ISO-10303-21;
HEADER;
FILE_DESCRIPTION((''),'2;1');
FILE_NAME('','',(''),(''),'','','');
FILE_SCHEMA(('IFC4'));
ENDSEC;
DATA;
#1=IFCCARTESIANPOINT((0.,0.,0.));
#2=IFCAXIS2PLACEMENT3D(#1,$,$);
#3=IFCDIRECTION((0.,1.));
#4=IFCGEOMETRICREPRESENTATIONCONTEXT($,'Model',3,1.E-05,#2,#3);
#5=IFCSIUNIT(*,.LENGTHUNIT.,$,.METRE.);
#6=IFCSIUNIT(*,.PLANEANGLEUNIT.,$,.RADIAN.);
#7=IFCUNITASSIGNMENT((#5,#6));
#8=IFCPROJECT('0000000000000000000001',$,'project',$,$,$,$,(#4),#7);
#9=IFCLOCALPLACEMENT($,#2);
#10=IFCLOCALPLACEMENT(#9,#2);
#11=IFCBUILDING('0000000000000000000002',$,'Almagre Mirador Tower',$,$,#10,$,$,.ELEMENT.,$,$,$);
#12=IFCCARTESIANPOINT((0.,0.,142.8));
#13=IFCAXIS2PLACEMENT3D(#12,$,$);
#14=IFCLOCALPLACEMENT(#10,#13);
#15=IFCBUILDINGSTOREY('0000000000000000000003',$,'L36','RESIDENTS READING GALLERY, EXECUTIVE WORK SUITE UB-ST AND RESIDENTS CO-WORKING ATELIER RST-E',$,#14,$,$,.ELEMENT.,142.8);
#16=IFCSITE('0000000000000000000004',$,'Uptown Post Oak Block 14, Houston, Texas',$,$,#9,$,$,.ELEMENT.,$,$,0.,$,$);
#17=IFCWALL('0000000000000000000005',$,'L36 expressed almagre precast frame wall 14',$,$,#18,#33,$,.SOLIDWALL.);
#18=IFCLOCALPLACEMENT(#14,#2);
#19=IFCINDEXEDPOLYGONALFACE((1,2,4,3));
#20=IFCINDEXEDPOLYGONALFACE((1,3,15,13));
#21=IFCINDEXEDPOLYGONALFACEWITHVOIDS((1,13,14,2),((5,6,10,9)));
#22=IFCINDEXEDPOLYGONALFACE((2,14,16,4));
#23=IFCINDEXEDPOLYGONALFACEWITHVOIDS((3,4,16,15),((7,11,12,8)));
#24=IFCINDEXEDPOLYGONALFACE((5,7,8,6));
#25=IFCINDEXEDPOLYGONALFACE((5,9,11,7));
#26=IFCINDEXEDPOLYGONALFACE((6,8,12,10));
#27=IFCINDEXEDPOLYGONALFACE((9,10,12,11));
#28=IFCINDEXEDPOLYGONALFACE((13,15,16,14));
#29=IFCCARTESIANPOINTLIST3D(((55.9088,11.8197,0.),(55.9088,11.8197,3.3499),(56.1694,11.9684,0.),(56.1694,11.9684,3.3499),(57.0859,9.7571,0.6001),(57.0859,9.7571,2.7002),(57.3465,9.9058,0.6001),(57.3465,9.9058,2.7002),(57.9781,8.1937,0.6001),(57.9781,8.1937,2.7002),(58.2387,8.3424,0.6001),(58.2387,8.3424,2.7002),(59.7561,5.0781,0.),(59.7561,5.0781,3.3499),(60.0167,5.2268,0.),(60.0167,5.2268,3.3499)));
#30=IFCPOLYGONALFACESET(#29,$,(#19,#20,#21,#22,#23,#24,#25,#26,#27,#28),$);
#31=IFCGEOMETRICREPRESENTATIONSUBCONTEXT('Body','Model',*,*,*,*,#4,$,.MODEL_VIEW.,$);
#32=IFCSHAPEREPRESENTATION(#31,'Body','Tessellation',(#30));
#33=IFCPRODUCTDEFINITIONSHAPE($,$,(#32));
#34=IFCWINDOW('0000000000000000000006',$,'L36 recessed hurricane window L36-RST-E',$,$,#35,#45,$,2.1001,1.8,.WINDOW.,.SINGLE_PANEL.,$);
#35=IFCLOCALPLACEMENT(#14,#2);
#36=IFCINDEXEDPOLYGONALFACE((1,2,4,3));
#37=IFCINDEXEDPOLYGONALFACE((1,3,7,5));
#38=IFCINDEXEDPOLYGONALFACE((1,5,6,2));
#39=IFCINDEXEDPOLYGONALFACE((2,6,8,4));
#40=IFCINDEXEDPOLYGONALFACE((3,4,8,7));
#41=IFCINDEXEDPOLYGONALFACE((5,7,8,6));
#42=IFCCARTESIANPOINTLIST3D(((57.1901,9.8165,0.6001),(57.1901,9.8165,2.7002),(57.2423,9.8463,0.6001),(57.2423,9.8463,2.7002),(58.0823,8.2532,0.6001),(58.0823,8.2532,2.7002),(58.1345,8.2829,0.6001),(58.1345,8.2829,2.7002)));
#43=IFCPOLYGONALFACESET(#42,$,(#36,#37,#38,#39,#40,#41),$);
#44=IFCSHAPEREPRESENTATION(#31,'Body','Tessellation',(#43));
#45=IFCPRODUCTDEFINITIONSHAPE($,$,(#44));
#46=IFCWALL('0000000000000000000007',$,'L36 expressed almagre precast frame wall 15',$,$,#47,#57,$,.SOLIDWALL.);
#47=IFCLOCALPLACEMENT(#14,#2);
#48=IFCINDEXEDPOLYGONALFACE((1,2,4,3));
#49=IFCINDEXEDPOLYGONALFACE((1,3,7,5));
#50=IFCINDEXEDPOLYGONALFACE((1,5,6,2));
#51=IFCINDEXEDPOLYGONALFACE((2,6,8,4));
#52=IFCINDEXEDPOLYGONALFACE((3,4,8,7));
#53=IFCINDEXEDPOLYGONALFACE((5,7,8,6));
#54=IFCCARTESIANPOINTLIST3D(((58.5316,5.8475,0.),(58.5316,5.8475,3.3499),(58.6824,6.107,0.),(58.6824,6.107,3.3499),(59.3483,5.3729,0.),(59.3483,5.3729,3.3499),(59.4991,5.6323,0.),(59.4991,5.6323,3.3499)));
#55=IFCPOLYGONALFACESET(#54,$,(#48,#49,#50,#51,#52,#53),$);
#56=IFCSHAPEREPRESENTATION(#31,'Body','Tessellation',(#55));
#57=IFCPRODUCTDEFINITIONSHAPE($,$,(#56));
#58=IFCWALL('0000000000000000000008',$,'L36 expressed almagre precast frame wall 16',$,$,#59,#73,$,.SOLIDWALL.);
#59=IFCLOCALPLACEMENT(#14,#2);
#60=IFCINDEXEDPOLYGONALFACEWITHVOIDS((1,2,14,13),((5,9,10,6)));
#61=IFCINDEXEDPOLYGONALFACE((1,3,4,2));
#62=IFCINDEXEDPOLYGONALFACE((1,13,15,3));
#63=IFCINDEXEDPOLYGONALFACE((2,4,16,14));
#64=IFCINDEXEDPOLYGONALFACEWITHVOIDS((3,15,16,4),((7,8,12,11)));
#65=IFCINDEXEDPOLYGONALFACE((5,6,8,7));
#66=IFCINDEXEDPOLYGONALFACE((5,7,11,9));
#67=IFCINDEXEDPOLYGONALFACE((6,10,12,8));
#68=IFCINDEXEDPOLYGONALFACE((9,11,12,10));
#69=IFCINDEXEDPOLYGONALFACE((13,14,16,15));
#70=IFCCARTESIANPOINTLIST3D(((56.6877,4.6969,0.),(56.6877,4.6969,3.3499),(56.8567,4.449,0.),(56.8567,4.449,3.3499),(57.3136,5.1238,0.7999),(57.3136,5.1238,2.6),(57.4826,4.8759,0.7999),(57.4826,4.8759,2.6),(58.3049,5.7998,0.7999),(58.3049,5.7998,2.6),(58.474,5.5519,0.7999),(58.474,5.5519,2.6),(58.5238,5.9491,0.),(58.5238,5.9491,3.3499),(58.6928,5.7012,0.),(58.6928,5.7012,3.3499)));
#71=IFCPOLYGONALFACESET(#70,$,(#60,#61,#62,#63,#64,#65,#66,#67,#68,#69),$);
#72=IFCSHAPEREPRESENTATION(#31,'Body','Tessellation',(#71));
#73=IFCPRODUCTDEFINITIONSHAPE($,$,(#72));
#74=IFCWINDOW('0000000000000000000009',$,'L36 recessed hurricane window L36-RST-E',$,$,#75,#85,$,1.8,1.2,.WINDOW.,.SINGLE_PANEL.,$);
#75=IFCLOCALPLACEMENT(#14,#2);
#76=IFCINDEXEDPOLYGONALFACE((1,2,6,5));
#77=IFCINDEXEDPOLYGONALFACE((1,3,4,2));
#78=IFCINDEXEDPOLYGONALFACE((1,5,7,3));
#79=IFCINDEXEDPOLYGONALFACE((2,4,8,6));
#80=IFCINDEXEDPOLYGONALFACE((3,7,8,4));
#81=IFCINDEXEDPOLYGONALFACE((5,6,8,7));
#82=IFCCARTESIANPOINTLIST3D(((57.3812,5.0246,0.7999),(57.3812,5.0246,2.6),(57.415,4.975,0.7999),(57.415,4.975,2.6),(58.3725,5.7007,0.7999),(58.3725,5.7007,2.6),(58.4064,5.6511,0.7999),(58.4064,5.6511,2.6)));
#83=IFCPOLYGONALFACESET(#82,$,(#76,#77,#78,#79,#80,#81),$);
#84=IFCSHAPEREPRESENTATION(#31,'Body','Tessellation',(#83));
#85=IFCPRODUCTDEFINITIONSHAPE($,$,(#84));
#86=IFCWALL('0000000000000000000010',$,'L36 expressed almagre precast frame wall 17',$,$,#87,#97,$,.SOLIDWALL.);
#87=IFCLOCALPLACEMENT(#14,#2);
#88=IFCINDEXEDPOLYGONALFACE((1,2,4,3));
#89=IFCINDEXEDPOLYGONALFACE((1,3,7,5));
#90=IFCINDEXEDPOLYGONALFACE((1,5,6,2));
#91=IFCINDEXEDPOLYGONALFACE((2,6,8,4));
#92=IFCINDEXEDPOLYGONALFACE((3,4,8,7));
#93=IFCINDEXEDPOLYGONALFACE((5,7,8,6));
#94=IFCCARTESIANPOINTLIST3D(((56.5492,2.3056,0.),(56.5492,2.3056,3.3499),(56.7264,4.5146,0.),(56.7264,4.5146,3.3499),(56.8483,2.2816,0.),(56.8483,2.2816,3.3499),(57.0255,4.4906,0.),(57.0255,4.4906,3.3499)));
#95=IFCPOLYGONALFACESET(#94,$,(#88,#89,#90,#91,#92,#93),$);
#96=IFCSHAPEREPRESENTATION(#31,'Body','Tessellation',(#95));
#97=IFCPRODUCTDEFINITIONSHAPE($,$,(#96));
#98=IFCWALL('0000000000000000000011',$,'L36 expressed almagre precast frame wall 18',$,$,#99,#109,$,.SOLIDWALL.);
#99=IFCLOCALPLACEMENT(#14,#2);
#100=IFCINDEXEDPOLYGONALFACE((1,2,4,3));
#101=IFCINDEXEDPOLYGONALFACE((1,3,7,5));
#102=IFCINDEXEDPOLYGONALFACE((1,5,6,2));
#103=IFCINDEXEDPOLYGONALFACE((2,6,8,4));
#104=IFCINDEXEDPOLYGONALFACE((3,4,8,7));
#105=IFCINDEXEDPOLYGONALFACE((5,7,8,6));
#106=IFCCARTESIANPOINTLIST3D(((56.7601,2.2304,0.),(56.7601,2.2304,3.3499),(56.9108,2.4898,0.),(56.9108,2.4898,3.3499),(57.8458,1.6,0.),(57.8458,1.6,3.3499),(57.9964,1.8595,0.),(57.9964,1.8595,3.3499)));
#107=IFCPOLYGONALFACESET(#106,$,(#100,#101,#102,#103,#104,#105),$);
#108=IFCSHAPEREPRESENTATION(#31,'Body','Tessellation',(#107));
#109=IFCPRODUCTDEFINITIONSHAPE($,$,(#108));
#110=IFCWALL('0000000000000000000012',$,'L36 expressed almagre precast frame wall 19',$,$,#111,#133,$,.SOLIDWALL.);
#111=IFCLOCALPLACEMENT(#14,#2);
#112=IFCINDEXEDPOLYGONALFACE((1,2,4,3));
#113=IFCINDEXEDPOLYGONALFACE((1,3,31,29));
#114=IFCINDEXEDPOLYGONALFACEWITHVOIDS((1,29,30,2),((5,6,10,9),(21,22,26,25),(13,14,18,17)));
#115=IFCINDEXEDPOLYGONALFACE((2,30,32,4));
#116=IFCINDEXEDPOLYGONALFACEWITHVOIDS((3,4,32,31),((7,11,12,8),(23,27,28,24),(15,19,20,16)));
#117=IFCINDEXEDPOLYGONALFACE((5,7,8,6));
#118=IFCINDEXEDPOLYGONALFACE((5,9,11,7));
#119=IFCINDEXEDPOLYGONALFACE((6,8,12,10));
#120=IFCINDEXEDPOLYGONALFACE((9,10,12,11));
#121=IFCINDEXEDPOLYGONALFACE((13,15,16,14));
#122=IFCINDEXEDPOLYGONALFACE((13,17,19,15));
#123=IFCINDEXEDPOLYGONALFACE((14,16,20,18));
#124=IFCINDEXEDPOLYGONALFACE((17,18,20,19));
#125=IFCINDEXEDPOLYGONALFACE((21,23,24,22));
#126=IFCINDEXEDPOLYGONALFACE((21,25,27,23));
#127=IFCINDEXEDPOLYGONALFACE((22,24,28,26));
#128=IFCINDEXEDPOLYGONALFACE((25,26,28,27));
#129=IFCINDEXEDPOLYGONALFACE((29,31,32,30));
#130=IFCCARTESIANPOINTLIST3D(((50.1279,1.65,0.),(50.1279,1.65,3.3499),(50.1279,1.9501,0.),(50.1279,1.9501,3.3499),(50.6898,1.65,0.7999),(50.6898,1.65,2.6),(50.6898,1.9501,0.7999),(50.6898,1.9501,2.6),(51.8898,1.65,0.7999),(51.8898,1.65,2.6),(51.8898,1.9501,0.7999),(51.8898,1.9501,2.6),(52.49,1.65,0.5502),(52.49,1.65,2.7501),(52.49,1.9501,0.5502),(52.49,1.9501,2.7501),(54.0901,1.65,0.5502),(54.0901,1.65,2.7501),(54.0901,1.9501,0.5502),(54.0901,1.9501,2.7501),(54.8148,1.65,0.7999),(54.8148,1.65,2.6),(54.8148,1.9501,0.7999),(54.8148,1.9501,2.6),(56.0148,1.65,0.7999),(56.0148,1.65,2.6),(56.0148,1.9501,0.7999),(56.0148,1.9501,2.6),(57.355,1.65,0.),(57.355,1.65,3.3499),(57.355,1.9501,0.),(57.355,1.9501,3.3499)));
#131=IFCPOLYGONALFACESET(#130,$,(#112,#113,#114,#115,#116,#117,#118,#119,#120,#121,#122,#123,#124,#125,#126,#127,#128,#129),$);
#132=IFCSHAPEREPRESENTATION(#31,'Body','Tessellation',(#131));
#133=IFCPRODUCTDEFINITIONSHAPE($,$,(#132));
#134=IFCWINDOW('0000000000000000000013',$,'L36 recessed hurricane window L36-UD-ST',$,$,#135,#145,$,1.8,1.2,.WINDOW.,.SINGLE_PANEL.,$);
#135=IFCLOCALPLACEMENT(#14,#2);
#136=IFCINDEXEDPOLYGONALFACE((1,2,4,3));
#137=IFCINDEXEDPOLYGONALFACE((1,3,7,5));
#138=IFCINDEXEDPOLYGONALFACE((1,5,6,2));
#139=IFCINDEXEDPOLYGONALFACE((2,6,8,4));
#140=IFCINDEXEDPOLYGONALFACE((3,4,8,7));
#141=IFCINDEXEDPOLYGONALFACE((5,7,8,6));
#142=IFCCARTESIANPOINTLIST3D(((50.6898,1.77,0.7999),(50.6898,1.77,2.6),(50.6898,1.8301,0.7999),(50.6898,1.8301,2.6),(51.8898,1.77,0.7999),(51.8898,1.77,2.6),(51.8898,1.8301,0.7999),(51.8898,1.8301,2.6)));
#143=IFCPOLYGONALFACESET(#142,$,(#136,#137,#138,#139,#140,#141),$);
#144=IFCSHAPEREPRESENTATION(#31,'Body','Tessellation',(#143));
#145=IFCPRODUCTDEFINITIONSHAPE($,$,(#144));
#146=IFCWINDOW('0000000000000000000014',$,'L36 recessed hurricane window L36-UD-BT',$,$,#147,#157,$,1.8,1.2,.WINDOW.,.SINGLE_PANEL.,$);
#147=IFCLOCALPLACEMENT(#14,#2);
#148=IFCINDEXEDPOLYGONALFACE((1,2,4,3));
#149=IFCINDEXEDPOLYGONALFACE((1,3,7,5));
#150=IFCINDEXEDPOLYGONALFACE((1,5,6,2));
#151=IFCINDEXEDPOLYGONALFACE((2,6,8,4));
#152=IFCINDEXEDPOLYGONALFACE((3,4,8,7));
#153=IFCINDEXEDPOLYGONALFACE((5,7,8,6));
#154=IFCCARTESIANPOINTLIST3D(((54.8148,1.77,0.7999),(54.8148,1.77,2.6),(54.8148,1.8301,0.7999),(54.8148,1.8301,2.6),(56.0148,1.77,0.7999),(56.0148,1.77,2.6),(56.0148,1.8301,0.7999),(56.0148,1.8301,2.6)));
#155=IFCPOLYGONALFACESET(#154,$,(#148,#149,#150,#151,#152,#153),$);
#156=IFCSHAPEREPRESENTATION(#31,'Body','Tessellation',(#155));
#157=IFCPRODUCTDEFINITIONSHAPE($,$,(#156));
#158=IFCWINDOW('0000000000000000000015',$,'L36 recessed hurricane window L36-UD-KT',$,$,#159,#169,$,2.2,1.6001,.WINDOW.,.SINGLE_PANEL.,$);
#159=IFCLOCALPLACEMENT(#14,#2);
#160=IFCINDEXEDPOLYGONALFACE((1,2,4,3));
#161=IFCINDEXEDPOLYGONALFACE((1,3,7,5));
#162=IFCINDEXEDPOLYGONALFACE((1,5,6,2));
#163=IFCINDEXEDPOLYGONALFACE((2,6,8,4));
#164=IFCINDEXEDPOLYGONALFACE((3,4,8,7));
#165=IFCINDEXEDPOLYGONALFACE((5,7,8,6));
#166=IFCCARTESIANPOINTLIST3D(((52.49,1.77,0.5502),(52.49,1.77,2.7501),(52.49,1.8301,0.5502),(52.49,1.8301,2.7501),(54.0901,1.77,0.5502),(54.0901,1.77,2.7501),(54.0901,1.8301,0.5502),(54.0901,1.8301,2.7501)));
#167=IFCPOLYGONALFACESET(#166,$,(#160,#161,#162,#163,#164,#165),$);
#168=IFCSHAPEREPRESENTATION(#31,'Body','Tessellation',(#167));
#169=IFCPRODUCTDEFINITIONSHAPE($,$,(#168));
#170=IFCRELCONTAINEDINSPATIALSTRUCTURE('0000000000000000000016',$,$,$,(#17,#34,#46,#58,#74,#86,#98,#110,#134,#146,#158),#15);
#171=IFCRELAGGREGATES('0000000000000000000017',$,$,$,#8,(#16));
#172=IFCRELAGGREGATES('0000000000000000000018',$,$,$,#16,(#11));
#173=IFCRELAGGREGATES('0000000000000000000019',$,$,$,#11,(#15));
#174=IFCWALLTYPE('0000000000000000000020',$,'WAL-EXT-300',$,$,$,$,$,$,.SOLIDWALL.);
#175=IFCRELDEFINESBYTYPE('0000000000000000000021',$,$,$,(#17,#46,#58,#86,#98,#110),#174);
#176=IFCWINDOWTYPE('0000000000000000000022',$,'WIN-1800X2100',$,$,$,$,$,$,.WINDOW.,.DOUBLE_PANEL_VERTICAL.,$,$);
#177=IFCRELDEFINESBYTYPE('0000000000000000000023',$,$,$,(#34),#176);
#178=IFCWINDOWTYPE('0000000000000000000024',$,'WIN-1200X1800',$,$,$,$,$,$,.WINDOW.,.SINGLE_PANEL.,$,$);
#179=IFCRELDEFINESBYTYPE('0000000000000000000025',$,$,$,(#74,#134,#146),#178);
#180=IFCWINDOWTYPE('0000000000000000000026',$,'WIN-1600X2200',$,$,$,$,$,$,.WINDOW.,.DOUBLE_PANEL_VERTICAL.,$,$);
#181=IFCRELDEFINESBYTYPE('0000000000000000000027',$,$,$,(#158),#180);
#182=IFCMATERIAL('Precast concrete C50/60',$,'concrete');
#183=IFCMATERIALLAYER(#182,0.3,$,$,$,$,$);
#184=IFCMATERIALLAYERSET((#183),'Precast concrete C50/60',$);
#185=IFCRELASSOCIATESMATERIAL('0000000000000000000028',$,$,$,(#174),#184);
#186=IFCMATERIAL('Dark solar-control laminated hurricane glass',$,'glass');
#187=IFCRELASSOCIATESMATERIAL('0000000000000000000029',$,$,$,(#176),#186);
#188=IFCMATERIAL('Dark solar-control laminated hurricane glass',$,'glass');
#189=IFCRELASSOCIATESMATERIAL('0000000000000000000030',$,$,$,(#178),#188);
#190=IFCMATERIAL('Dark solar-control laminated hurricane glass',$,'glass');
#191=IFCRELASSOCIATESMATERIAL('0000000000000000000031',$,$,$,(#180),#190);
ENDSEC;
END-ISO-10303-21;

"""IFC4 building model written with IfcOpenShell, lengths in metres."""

from ifc_helpers import new_model, si_unit, direction, frame, frame_2d, origin, place, context, subcontext, project, spatial, rectangle, extrude, material, layer, layer_set, type_object, element, fill, save


model = new_model("IFC4")

# Units and contexts
model_context = context("Model", 3, precision=1e-05, world=origin(), true_north=direction((0.0, 1.0)))
body_context = subcontext(model_context, "Body", "Model", "MODEL_VIEW")
ifc_project = project(units=[si_unit("LENGTHUNIT", "METRE"), si_unit("PLANEANGLEUNIT", "RADIAN")], contexts=[model_context])

# Site, building, storey
site_placement = place(None, origin())
site = spatial("IfcSite", under=ifc_project, at=site_placement, Name="Uptown Post Oak Block 14, Houston, Texas", CompositionType="ELEMENT", RefElevation=0.0)
building_placement = place(site_placement, origin())
building = spatial("IfcBuilding", under=site, at=building_placement, Name="Almagre Mirador Tower", CompositionType="ELEMENT")
storey_placement = place(building_placement, frame((0.0, 0.0, 142.8)))
storey = spatial("IfcBuildingStorey", under=building, at=storey_placement, Name="L36", Description="RESIDENTS READING GALLERY, EXECUTIVE WORK SUITE UB-ST AND RESIDENTS CO-WORKING ATELIER RST-E", CompositionType="ELEMENT", Elevation=142.8)

# Wall, opening, window
ifc_material_1 = material(Name="Precast concrete C50/60", Category="concrete")
ifc_layer_1 = layer(ifc_material_1, 0.3)
ifc_layer_set_1 = layer_set([ifc_layer_1], Name="Precast concrete C50/60")
wall_type_1 = type_object("IfcWallType", Name="WAL-EXT-300", PredefinedType="SOLIDWALL", material=ifc_layer_set_1)
wall_1_placement = place(storey_placement, frame((56.0391, 11.894, 0.0), z_axis=(0.0, 0.0, 1.0), x_axis=(0.495654, -0.86852, 0.0)))
wall_1 = element("IfcWall", 1, at=wall_1_placement, inside=storey, type_object=wall_type_1, Name="L36 expressed almagre precast frame wall 14", PredefinedType="SOLIDWALL", context=body_context, shape_type="SweptSolid", body=[
    extrude(rectangle(XDim=7.7622, YDim=0.3, at=frame_2d((3.8811, 0.0))), origin(), (0.0, 0.0, 1.0), 3.3499),
])
opening_1_placement = place(wall_1_placement, frame((2.375, 0.0, 0.6001)))
opening_1 = element("IfcOpeningElement", 2, at=opening_1_placement, cuts=wall_1, PredefinedType="OPENING", context=body_context, shape_type="SweptSolid", body=[
    extrude(rectangle(XDim=1.8, YDim=2.1001, at=frame_2d((0.8999, 1.05))), frame((0.0, 0.1599, 0.0), z_axis=(0.0, -1.0, 0.0), x_axis=(1.0, 0.0, 0.0)), (0.0, 0.0, 1.0), 0.32),
])
ifc_material_2 = material(Name="Dark solar-control laminated hurricane glass", Category="glass")
window_type_1 = type_object("IfcWindowType", Name="WIN-1800X2100", PartitioningType="DOUBLE_PANEL_VERTICAL", PredefinedType="WINDOW", material=ifc_material_2)
window_1_placement = place(opening_1_placement, origin())
window_1 = element("IfcWindow", 3, at=window_1_placement, inside=storey, type_object=window_type_1, Name="L36 recessed hurricane window L36-RST-E", OverallHeight=2.1001, OverallWidth=1.8, PartitioningType="SINGLE_PANEL", PredefinedType="WINDOW", context=body_context, shape_type="SweptSolid", body=[
    extrude(rectangle(XDim=1.8, YDim=2.1001, at=frame_2d((0.8999, 1.05))), frame((0.0, 0.03, 0.0), z_axis=(0.0, -1.0, 0.0), x_axis=(1.0, 0.0, 0.0)), (0.0, 0.0, 1.0), 0.0601),
])
fill(opening_1, window_1)

# Wall
wall_2_placement = place(storey_placement, frame((59.4236, 5.5027, 0.0), z_axis=(0.0, 0.0, 1.0), x_axis=(-0.864593, 0.502472, 0.0)))
element("IfcWall", 4, at=wall_2_placement, inside=storey, type_object=wall_type_1, Name="L36 expressed almagre precast frame wall 15", PredefinedType="SOLIDWALL", context=body_context, shape_type="SweptSolid", body=[
    extrude(rectangle(XDim=0.9446, YDim=0.3, at=frame_2d((0.4722, 0.0))), origin(), (0.0, 0.0, 1.0), 3.3499),
])

# Wall, opening, window
wall_3_placement = place(storey_placement, frame((58.6084, 5.8252, 0.0), z_axis=(0.0, 0.0, 1.0), x_axis=(-0.826174, -0.563415, 0.0)))
wall_3 = element("IfcWall", 5, at=wall_3_placement, inside=storey, type_object=wall_type_1, Name="L36 expressed almagre precast frame wall 16", PredefinedType="SOLIDWALL", context=body_context, shape_type="SweptSolid", body=[
    extrude(rectangle(XDim=2.2224, YDim=0.3, at=frame_2d((1.1113, 0.0))), origin(), (0.0, 0.0, 1.0), 3.3499),
])
opening_2_placement = place(wall_3_placement, frame((0.2649, 0.0, 0.8)))
opening_2 = element("IfcOpeningElement", 6, at=opening_2_placement, cuts=wall_3, PredefinedType="OPENING", context=body_context, shape_type="SweptSolid", body=[
    extrude(rectangle(XDim=1.2, YDim=1.8, at=frame_2d((0.6001, 0.8999))), frame((0.0, 0.1599, 0.0), z_axis=(0.0, -1.0, 0.0), x_axis=(1.0, 0.0, 0.0)), (0.0, 0.0, 1.0), 0.32),
])
ifc_material_3 = material(Name="Dark solar-control laminated hurricane glass", Category="glass")
window_type_2 = type_object("IfcWindowType", Name="WIN-1200X1800", PartitioningType="SINGLE_PANEL", PredefinedType="WINDOW", material=ifc_material_3)
window_2_placement = place(opening_2_placement, origin())
window_2 = element("IfcWindow", 7, at=window_2_placement, inside=storey, type_object=window_type_2, Name="L36 recessed hurricane window L36-RST-E", OverallHeight=1.8, OverallWidth=1.2, PartitioningType="SINGLE_PANEL", PredefinedType="WINDOW", context=body_context, shape_type="SweptSolid", body=[
    extrude(rectangle(XDim=1.2, YDim=1.8, at=frame_2d((0.6001, 0.8999))), frame((0.0, 0.03, 0.0), z_axis=(0.0, -1.0, 0.0), x_axis=(1.0, 0.0, 0.0)), (0.0, 0.0, 1.0), 0.0601),
])
fill(opening_2, window_2)

# Walls
wall_4_placement = place(storey_placement, frame((56.876, 4.5024, 0.0), z_axis=(0.0, 0.0, 1.0), x_axis=(-0.079982, -0.996796, 0.0)))
element("IfcWall", 8, at=wall_4_placement, inside=storey, type_object=wall_type_1, Name="L36 expressed almagre precast frame wall 17", PredefinedType="SOLIDWALL", context=body_context, shape_type="SweptSolid", body=[
    extrude(rectangle(XDim=2.2161, YDim=0.3, at=frame_2d((1.1079, 0.0))), origin(), (0.0, 0.0, 1.0), 3.3499),
])
wall_5_placement = place(storey_placement, frame((56.8354, 2.3601, 0.0), z_axis=(0.0, 0.0, 1.0), x_axis=(0.8648, -0.502117, 0.0)))
element("IfcWall", 9, at=wall_5_placement, inside=storey, type_object=wall_type_1, Name="L36 expressed almagre precast frame wall 18", PredefinedType="SOLIDWALL", context=body_context, shape_type="SweptSolid", body=[
    extrude(rectangle(XDim=1.2554, YDim=0.3, at=frame_2d((0.6277, 0.0))), origin(), (0.0, 0.0, 1.0), 3.3499),
])

# Wall, openings, windows
wall_6_placement = place(storey_placement, frame((57.355, 1.8, 0.0), z_axis=(0.0, 0.0, 1.0), x_axis=(-1.0, 0.0, 0.0)))
wall_6 = element("IfcWall", 10, at=wall_6_placement, inside=storey, type_object=wall_type_1, Name="L36 expressed almagre precast frame wall 19", PredefinedType="SOLIDWALL", context=body_context, shape_type="SweptSolid", body=[
    extrude(rectangle(XDim=7.2271, YDim=0.3, at=frame_2d((3.6135, 0.0))), origin(), (0.0, 0.0, 1.0), 3.3499),
])
opening_3_placement = place(wall_6_placement, frame((5.4651, 0.0, 0.8)))
opening_3 = element("IfcOpeningElement", 11, at=opening_3_placement, cuts=wall_6, PredefinedType="OPENING", context=body_context, shape_type="SweptSolid", body=[
    extrude(rectangle(XDim=1.2, YDim=1.8, at=frame_2d((0.6001, 0.8999))), frame((0.0, 0.1599, 0.0), z_axis=(0.0, -1.0, 0.0), x_axis=(1.0, 0.0, 0.0)), (0.0, 0.0, 1.0), 0.32),
])
opening_4_placement = place(wall_6_placement, frame((3.2649, 0.0, 0.55)))
opening_4 = element("IfcOpeningElement", 12, at=opening_4_placement, cuts=wall_6, PredefinedType="OPENING", context=body_context, shape_type="SweptSolid", body=[
    extrude(rectangle(XDim=1.6001, YDim=2.2, at=frame_2d((0.8, 1.1001))), frame((0.0, 0.1599, 0.0), z_axis=(0.0, -1.0, 0.0), x_axis=(1.0, 0.0, 0.0)), (0.0, 0.0, 1.0), 0.32),
])
opening_5_placement = place(wall_6_placement, frame((1.3401, 0.0, 0.8)))
opening_5 = element("IfcOpeningElement", 13, at=opening_5_placement, cuts=wall_6, PredefinedType="OPENING", context=body_context, shape_type="SweptSolid", body=[
    extrude(rectangle(XDim=1.2, YDim=1.8, at=frame_2d((0.6001, 0.8999))), frame((0.0, 0.1599, 0.0), z_axis=(0.0, -1.0, 0.0), x_axis=(1.0, 0.0, 0.0)), (0.0, 0.0, 1.0), 0.32),
])
window_3_placement = place(opening_3_placement, origin())
window_3 = element("IfcWindow", 14, at=window_3_placement, inside=storey, type_object=window_type_2, Name="L36 recessed hurricane window L36-UD-ST", OverallHeight=1.8, OverallWidth=1.2, PartitioningType="SINGLE_PANEL", PredefinedType="WINDOW", context=body_context, shape_type="SweptSolid", body=[
    extrude(rectangle(XDim=1.2, YDim=1.8, at=frame_2d((0.6001, 0.8999))), frame((0.0, 0.03, 0.0), z_axis=(0.0, -1.0, 0.0), x_axis=(1.0, 0.0, 0.0)), (0.0, 0.0, 1.0), 0.0601),
])
fill(opening_3, window_3)
window_4_placement = place(opening_5_placement, origin())
window_4 = element("IfcWindow", 15, at=window_4_placement, inside=storey, type_object=window_type_2, Name="L36 recessed hurricane window L36-UD-BT", OverallHeight=1.8, OverallWidth=1.2, PartitioningType="SINGLE_PANEL", PredefinedType="WINDOW", context=body_context, shape_type="SweptSolid", body=[
    extrude(rectangle(XDim=1.2, YDim=1.8, at=frame_2d((0.6001, 0.8999))), frame((0.0, 0.03, 0.0), z_axis=(0.0, -1.0, 0.0), x_axis=(1.0, 0.0, 0.0)), (0.0, 0.0, 1.0), 0.0601),
])
fill(opening_5, window_4)
ifc_material_4 = material(Name="Dark solar-control laminated hurricane glass", Category="glass")
window_type_3 = type_object("IfcWindowType", Name="WIN-1600X2200", PartitioningType="DOUBLE_PANEL_VERTICAL", PredefinedType="WINDOW", material=ifc_material_4)
window_5_placement = place(opening_4_placement, origin())
window_5 = element("IfcWindow", 16, at=window_5_placement, inside=storey, type_object=window_type_3, Name="L36 recessed hurricane window L36-UD-KT", OverallHeight=2.2, OverallWidth=1.6001, PartitioningType="SINGLE_PANEL", PredefinedType="WINDOW", context=body_context, shape_type="SweptSolid", body=[
    extrude(rectangle(XDim=1.6001, YDim=2.2, at=frame_2d((0.8, 1.1001))), frame((0.0, 0.03, 0.0), z_axis=(0.0, -1.0, 0.0), x_axis=(1.0, 0.0, 0.0)), (0.0, 0.0, 1.0), 0.0601),
])
fill(opening_4, window_5)

save(model, "model.ifc")
